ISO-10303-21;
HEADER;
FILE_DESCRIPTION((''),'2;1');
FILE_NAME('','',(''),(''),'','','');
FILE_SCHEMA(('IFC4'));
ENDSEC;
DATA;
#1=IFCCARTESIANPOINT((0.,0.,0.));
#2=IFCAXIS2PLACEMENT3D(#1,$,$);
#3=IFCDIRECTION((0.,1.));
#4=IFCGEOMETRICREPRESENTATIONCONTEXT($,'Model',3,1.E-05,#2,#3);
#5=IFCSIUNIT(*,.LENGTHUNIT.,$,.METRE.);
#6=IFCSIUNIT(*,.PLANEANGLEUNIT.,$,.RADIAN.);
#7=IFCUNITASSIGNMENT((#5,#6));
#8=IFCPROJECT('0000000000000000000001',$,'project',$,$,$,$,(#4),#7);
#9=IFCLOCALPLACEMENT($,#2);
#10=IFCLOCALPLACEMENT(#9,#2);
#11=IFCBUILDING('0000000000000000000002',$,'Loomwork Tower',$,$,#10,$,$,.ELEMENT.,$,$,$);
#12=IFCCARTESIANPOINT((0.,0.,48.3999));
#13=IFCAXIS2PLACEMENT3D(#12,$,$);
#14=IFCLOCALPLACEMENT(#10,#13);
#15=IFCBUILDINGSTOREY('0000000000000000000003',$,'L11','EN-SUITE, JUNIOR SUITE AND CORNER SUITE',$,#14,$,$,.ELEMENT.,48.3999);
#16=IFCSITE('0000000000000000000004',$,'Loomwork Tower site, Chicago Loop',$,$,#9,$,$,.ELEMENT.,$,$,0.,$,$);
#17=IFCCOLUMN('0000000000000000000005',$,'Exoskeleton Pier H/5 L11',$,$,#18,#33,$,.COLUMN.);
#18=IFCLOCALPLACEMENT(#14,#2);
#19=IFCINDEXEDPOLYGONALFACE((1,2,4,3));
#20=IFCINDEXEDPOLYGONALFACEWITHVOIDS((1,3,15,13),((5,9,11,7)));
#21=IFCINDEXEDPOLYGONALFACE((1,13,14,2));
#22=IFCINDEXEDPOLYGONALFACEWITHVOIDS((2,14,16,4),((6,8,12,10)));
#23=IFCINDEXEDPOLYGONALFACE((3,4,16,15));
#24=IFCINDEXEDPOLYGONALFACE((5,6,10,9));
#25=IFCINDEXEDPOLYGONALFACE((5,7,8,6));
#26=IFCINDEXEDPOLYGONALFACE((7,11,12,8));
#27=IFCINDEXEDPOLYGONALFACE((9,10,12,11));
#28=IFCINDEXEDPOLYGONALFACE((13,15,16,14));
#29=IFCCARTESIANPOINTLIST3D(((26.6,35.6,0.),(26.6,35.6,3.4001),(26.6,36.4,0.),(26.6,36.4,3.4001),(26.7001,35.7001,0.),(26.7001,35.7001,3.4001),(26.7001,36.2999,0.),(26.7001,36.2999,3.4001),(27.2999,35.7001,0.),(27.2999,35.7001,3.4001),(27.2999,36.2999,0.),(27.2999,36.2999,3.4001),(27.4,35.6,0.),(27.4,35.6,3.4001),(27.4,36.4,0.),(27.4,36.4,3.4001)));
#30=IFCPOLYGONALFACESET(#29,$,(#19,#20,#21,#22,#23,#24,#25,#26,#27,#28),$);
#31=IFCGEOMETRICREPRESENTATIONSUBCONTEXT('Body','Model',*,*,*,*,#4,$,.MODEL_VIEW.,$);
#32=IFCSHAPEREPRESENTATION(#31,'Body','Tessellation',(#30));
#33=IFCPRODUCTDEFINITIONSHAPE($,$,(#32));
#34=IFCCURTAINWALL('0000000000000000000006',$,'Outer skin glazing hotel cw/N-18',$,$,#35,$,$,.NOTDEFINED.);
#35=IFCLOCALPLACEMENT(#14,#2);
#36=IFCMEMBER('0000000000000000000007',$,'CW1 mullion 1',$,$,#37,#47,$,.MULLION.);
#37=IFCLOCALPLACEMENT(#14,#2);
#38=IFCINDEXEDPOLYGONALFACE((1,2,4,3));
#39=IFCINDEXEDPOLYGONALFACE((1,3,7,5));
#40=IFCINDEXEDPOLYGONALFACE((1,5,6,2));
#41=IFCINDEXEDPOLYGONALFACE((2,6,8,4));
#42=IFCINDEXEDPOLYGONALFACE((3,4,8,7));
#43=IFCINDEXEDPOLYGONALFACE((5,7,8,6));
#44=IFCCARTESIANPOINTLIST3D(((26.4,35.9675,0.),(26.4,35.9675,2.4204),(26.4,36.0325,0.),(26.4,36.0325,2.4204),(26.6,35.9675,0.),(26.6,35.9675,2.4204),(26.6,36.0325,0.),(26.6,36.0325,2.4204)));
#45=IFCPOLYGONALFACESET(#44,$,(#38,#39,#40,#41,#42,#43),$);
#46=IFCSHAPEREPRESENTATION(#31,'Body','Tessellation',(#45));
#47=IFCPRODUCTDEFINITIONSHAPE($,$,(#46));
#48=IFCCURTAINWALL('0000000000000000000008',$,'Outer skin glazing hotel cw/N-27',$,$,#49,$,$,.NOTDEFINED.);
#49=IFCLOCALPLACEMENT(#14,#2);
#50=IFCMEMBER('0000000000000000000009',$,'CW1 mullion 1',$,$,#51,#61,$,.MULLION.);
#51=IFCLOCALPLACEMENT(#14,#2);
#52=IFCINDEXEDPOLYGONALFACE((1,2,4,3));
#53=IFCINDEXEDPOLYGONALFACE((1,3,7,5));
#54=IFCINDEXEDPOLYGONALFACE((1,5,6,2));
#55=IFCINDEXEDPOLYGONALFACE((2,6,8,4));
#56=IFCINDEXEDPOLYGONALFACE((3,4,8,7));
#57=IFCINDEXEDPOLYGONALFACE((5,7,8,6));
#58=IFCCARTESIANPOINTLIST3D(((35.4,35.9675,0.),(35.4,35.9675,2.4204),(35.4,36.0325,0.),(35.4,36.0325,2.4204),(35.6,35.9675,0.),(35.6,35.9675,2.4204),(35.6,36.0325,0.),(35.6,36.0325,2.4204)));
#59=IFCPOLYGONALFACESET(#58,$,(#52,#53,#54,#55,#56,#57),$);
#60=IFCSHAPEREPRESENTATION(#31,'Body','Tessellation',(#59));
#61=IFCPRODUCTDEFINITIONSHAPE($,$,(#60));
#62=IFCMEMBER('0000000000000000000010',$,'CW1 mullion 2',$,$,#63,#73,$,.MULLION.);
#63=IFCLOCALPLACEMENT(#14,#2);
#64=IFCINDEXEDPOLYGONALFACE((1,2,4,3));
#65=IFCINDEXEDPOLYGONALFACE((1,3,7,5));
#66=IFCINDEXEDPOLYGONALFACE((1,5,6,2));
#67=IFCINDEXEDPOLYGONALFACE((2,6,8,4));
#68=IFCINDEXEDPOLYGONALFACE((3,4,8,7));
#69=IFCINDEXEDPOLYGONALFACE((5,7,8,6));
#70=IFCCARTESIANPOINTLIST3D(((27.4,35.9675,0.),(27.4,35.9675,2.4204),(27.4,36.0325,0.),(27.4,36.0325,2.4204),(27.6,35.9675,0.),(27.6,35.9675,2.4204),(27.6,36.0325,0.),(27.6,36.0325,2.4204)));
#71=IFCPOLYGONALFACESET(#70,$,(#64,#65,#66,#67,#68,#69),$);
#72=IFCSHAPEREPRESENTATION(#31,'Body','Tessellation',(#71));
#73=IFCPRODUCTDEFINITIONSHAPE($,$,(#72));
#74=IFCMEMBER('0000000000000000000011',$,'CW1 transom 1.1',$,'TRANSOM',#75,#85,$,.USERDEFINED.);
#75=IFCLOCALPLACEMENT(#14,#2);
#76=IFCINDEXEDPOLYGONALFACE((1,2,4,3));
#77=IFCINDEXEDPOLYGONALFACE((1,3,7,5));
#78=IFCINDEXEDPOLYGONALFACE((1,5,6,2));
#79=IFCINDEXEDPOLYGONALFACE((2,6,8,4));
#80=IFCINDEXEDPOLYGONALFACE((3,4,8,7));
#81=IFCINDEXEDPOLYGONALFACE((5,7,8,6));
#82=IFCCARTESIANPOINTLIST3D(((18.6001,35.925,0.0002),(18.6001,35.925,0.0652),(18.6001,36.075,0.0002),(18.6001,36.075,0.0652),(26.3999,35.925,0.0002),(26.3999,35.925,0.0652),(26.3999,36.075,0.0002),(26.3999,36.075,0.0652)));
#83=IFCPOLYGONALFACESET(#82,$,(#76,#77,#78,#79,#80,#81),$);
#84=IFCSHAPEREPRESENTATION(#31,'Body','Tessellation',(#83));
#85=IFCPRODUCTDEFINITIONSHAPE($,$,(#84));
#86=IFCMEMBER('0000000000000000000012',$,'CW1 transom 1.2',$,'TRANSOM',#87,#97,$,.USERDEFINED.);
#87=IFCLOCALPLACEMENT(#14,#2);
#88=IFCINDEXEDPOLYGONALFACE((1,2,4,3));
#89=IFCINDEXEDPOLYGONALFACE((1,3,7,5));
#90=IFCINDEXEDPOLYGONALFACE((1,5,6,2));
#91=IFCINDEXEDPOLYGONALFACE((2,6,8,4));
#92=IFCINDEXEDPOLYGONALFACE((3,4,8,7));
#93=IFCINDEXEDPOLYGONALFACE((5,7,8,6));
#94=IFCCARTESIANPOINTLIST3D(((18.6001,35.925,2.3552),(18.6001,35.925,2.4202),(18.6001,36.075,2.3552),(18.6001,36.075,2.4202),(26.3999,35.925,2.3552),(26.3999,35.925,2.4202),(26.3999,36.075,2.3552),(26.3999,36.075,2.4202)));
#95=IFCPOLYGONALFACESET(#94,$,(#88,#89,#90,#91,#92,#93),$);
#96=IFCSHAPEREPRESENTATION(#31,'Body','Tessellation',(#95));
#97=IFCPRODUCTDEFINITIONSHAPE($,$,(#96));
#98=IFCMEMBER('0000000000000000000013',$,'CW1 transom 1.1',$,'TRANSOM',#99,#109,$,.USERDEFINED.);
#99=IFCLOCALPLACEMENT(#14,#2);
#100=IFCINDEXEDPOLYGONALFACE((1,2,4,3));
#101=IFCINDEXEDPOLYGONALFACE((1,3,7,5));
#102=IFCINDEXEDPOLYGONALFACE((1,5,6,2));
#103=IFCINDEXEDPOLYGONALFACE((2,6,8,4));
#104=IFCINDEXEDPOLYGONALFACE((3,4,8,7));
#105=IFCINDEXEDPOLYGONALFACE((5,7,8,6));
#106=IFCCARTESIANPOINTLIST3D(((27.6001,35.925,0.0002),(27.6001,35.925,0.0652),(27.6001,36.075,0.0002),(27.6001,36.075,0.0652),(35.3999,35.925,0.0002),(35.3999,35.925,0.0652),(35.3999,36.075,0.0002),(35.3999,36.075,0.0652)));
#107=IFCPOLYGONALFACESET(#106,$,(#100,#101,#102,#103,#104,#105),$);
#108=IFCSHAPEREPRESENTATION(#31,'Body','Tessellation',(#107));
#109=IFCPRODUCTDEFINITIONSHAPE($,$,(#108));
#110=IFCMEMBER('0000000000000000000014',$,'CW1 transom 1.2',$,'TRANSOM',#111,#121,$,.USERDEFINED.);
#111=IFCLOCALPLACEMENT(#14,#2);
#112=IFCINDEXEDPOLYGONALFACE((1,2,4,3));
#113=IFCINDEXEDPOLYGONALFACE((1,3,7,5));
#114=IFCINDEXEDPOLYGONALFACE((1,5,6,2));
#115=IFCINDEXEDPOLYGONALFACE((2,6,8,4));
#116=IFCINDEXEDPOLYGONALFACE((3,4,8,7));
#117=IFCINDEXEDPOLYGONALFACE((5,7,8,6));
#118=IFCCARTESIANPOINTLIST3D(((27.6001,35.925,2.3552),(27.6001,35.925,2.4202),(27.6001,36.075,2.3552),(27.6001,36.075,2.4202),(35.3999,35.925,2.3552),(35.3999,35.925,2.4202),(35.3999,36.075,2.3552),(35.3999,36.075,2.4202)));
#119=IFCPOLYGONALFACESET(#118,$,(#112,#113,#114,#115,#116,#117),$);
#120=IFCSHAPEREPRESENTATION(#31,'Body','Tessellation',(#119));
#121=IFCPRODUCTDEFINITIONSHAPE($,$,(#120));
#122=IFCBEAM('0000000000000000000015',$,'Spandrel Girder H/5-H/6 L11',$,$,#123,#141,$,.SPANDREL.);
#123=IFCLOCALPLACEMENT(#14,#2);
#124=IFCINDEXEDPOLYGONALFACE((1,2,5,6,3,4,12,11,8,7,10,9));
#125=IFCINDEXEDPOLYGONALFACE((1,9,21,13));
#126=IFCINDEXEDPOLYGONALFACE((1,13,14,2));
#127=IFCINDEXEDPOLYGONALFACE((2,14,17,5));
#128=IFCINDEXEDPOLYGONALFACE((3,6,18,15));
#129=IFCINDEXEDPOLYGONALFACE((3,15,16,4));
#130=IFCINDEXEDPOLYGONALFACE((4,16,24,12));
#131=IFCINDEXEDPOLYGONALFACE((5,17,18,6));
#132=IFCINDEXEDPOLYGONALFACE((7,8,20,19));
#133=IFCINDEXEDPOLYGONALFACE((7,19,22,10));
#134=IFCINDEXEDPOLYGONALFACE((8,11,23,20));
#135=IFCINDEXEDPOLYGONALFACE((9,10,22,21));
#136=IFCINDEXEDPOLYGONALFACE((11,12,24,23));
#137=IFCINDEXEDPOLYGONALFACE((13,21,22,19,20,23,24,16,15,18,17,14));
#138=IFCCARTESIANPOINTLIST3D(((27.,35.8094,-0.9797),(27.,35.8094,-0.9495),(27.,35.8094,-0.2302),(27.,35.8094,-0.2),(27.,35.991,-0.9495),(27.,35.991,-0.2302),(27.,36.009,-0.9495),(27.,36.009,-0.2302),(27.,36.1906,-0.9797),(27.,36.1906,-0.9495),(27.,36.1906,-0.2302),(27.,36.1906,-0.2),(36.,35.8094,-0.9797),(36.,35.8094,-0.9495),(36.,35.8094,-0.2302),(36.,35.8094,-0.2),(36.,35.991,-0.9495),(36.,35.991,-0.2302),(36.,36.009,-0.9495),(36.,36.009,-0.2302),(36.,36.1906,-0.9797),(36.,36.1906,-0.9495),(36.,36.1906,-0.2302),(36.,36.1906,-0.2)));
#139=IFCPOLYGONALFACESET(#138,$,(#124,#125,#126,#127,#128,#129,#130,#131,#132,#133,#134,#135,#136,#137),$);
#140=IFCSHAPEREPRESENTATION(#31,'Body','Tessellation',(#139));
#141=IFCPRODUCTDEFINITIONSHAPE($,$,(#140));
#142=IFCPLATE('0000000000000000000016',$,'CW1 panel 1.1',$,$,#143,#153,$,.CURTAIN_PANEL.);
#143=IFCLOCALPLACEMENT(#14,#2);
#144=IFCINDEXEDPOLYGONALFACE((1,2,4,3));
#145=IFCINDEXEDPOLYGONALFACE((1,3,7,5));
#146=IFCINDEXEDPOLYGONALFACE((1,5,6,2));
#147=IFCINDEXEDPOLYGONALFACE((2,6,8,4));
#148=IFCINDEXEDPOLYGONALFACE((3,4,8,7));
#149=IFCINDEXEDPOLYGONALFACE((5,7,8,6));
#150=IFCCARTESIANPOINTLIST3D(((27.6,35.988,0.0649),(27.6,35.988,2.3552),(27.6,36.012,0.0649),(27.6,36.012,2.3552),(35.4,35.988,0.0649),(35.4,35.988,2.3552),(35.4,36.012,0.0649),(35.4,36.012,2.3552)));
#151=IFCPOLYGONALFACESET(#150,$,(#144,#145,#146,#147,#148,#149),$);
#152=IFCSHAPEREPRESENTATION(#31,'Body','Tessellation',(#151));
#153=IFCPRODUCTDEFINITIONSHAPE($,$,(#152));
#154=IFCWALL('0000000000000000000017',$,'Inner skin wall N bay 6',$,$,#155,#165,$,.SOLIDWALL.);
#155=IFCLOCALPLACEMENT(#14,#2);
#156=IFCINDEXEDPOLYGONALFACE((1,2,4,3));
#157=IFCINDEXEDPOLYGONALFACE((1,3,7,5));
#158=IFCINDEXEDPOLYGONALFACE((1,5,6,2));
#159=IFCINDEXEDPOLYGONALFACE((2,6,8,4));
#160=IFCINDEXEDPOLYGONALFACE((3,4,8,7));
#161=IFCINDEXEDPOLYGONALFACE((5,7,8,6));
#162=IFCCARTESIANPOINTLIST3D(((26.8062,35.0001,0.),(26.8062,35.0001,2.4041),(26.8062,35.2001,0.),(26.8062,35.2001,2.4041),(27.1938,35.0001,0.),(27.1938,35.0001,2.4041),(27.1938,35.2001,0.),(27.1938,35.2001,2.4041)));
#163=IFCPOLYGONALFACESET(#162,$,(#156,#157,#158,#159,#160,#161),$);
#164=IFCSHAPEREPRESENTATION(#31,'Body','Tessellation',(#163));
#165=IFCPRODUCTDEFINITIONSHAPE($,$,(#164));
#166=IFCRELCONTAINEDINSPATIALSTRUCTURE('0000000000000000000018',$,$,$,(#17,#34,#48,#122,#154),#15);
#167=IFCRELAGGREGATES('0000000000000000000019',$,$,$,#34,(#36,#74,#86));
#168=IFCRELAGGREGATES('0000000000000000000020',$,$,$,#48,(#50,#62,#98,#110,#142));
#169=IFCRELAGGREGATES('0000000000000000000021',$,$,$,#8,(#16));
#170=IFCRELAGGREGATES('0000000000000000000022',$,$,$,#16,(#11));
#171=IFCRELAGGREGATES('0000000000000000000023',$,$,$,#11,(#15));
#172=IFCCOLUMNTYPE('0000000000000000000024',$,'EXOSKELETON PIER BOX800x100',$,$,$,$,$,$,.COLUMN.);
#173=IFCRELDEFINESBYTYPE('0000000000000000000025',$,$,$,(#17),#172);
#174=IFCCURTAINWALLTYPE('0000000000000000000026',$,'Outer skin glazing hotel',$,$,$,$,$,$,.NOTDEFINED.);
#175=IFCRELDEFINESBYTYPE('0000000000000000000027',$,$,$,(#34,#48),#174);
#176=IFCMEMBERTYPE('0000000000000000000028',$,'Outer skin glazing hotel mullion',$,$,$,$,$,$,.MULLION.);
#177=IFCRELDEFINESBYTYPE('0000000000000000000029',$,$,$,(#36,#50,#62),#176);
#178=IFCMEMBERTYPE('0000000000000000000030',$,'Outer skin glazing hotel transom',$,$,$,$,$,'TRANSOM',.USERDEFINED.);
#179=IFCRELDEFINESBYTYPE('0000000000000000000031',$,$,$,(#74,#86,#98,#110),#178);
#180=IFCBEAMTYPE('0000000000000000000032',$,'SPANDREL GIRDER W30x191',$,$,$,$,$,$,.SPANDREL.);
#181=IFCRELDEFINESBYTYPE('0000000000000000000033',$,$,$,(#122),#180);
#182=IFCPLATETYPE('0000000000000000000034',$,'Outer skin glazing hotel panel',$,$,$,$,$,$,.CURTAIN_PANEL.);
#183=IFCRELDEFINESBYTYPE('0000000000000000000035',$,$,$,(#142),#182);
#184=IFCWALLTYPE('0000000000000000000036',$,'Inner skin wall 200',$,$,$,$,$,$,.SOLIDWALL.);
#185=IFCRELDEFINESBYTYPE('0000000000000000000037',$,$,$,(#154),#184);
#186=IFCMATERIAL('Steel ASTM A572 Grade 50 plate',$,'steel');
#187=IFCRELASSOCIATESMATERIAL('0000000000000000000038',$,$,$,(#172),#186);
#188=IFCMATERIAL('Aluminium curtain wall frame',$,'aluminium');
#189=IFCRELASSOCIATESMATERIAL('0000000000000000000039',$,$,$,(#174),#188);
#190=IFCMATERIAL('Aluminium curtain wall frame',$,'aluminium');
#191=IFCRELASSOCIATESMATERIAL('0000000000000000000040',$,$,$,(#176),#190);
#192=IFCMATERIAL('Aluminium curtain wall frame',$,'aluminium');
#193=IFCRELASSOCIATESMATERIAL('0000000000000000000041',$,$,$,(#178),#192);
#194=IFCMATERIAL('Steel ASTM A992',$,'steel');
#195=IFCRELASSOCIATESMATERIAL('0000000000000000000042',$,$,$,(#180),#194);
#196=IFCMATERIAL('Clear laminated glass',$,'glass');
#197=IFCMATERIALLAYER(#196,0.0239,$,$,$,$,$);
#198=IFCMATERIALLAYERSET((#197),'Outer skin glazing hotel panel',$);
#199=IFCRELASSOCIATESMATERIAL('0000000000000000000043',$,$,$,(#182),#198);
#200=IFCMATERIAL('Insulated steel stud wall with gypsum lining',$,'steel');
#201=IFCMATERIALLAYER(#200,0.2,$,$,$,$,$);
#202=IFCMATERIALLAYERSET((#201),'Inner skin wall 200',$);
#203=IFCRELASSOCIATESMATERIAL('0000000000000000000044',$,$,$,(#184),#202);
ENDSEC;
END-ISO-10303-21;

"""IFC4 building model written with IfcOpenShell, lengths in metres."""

from ifc_helpers import new_model, si_unit, direction, frame, frame_2d, origin, origin_2d, place, context, subcontext, project, spatial, rectangle, hollow_rectangle, i_section, extrude, material, layer, layer_set, material_profile, profile_set, type_object, element, aggregate, save


model = new_model("IFC4")

# Units and contexts
model_context = context("Model", 3, precision=1e-05, world=origin(), true_north=direction((0.0, 1.0)))
body_context = subcontext(model_context, "Body", "Model", "MODEL_VIEW")
ifc_project = project(units=[si_unit("LENGTHUNIT", "METRE"), si_unit("PLANEANGLEUNIT", "RADIAN")], contexts=[model_context])

# Site, building, storey
site_placement = place(None, origin())
site = spatial("IfcSite", under=ifc_project, at=site_placement, Name="Loomwork Tower site, Chicago Loop", CompositionType="ELEMENT", RefElevation=0.0)
building_placement = place(site_placement, origin())
building = spatial("IfcBuilding", under=site, at=building_placement, Name="Loomwork Tower", CompositionType="ELEMENT")
storey_placement = place(building_placement, frame((0.0, 0.0, 48.3999)))
storey = spatial("IfcBuildingStorey", under=building, at=storey_placement, Name="L11", Description="EN-SUITE, JUNIOR SUITE AND CORNER SUITE", CompositionType="ELEMENT", Elevation=48.3999)

# Column
ifc_material_1 = material(Name="Steel ASTM A572 Grade 50 plate", Category="steel")
ifc_material_profile_1 = material_profile(ifc_material_1, hollow_rectangle(XDim=0.8, YDim=0.8, WallThickness=0.1001, at=origin_2d()), Name="BOX800x100")
ifc_profile_set_1 = profile_set([ifc_material_profile_1], Name="Steel ASTM A572 Grade 50 plate")
column_type = type_object("IfcColumnType", Name="EXOSKELETON PIER BOX800x100", PredefinedType="COLUMN", material=ifc_profile_set_1)
column_placement = place(storey_placement, frame((27.0, 36.0, 0.0), z_axis=(0.0, 0.0, 1.0), x_axis=(1.0, 0.0, 0.0)))
element("IfcColumn", 1, at=column_placement, inside=storey, type_object=column_type, Name="Exoskeleton Pier H/5 L11", PredefinedType="COLUMN", context=body_context, shape_type="SweptSolid", body=[
    extrude(hollow_rectangle(XDim=0.8, YDim=0.8, WallThickness=0.1001, at=origin_2d()), origin(), (0.0, 0.0, 1.0), 3.4001),
])

# Curtain wall, member
ifc_material_2 = material(Name="Aluminium curtain wall frame", Category="aluminium")
curtain_wall_type = type_object("IfcCurtainWallType", Name="Outer skin glazing hotel", PredefinedType="NOTDEFINED", material=ifc_material_2)
curtain_wall_1_placement = place(storey_placement, origin())
curtain_wall_1 = element("IfcCurtainWall", 2, at=curtain_wall_1_placement, inside=storey, type_object=curtain_wall_type, Name="Outer skin glazing hotel cw/N-18", PredefinedType="NOTDEFINED")
ifc_material_3 = material(Name="Aluminium curtain wall frame", Category="aluminium")
ifc_material_profile_2 = material_profile(ifc_material_3, rectangle(XDim=0.0649, YDim=0.2, at=origin_2d()), Name="AL 65x200")
ifc_profile_set_2 = profile_set([ifc_material_profile_2], Name="Aluminium curtain wall frame")
member_type_1 = type_object("IfcMemberType", Name="Outer skin glazing hotel mullion", PredefinedType="MULLION", material=ifc_profile_set_2)
member_1_placement = place(storey_placement, frame((26.5, 36.0, 0.0), z_axis=(0.0, 0.0, 1.0), x_axis=(0.0, -1.0, 0.0)))
member_1 = element("IfcMember", 3, at=member_1_placement, type_object=member_type_1, Name="CW1 mullion 1", PredefinedType="MULLION", context=body_context, shape_type="SweptSolid", body=[
    extrude(rectangle(XDim=0.0649, YDim=0.2, at=origin_2d()), origin(), (0.0, 0.0, 1.0), 2.4204),
])

# Curtain wall, members
curtain_wall_2_placement = place(storey_placement, origin())
curtain_wall_2 = element("IfcCurtainWall", 4, at=curtain_wall_2_placement, inside=storey, type_object=curtain_wall_type, Name="Outer skin glazing hotel cw/N-27", PredefinedType="NOTDEFINED")
member_2_placement = place(storey_placement, frame((35.5, 36.0, 0.0), z_axis=(0.0, 0.0, 1.0), x_axis=(0.0, -1.0, 0.0)))
member_2 = element("IfcMember", 5, at=member_2_placement, type_object=member_type_1, Name="CW1 mullion 1", PredefinedType="MULLION", context=body_context, shape_type="SweptSolid", body=[
    extrude(rectangle(XDim=0.0649, YDim=0.2, at=origin_2d()), origin(), (0.0, 0.0, 1.0), 2.4204),
])
member_3_placement = place(storey_placement, frame((27.5, 36.0, 0.0), z_axis=(0.0, 0.0, 1.0), x_axis=(0.0, -1.0, 0.0)))
member_3 = element("IfcMember", 6, at=member_3_placement, type_object=member_type_1, Name="CW1 mullion 2", PredefinedType="MULLION", context=body_context, shape_type="SweptSolid", body=[
    extrude(rectangle(XDim=0.0649, YDim=0.2, at=origin_2d()), origin(), (0.0, 0.0, 1.0), 2.4204),
])

# Members
ifc_material_4 = material(Name="Aluminium curtain wall frame", Category="aluminium")
ifc_material_profile_3 = material_profile(ifc_material_4, rectangle(XDim=0.1499, YDim=0.0649, at=origin_2d()), Name="AL 65x150")
ifc_profile_set_3 = profile_set([ifc_material_profile_3], Name="Aluminium curtain wall frame")
member_type_2 = type_object("IfcMemberType", Name="Outer skin glazing hotel transom", ElementType="TRANSOM", PredefinedType="USERDEFINED", material=ifc_profile_set_3)
member_4_placement = place(storey_placement, frame((26.3999, 36.0, 0.0327), z_axis=(-1.0, 0.0, 0.0), x_axis=(0.0, -1.0, 0.0)))
member_4 = element("IfcMember", 7, at=member_4_placement, type_object=member_type_2, Name="CW1 transom 1.1", ObjectType="TRANSOM", PredefinedType="USERDEFINED", context=body_context, shape_type="SweptSolid", body=[
    extrude(rectangle(XDim=0.1499, YDim=0.0649, at=origin_2d()), origin(), (0.0, 0.0, 1.0), 7.7998),
])
member_5_placement = place(storey_placement, frame((26.3999, 36.0, 2.3877), z_axis=(-1.0, 0.0, 0.0), x_axis=(0.0, -1.0, 0.0)))
member_5 = element("IfcMember", 8, at=member_5_placement, type_object=member_type_2, Name="CW1 transom 1.2", ObjectType="TRANSOM", PredefinedType="USERDEFINED", context=body_context, shape_type="SweptSolid", body=[
    extrude(rectangle(XDim=0.1499, YDim=0.0649, at=origin_2d()), origin(), (0.0, 0.0, 1.0), 7.7998),
])
aggregate(curtain_wall_1, [member_1, member_4, member_5])
member_6_placement = place(storey_placement, frame((35.3999, 36.0, 0.0327), z_axis=(-1.0, 0.0, 0.0), x_axis=(0.0, -1.0, 0.0)))
member_6 = element("IfcMember", 9, at=member_6_placement, type_object=member_type_2, Name="CW1 transom 1.1", ObjectType="TRANSOM", PredefinedType="USERDEFINED", context=body_context, shape_type="SweptSolid", body=[
    extrude(rectangle(XDim=0.1499, YDim=0.0649, at=origin_2d()), origin(), (0.0, 0.0, 1.0), 7.7998),
])
member_7_placement = place(storey_placement, frame((35.3999, 36.0, 2.3877), z_axis=(-1.0, 0.0, 0.0), x_axis=(0.0, -1.0, 0.0)))
member_7 = element("IfcMember", 10, at=member_7_placement, type_object=member_type_2, Name="CW1 transom 1.2", ObjectType="TRANSOM", PredefinedType="USERDEFINED", context=body_context, shape_type="SweptSolid", body=[
    extrude(rectangle(XDim=0.1499, YDim=0.0649, at=origin_2d()), origin(), (0.0, 0.0, 1.0), 7.7998),
])

# Beam
ifc_material_5 = material(Name="Steel ASTM A992", Category="steel")
ifc_material_profile_4 = material_profile(ifc_material_5, i_section(OverallWidth=0.3811, OverallDepth=0.7798, WebThickness=0.0181, FlangeThickness=0.0303, at=origin_2d()), Name="W30x191")
ifc_profile_set_4 = profile_set([ifc_material_profile_4], Name="Steel ASTM A992")
beam_type = type_object("IfcBeamType", Name="SPANDREL GIRDER W30x191", PredefinedType="SPANDREL", material=ifc_profile_set_4)
beam_placement = place(storey_placement, frame((27.0, 36.0, -0.5898), z_axis=(1.0, 0.0, 0.0), x_axis=(0.0, 1.0, 0.0)))
element("IfcBeam", 11, at=beam_placement, inside=storey, type_object=beam_type, Name="Spandrel Girder H/5-H/6 L11", PredefinedType="SPANDREL", context=body_context, shape_type="SweptSolid", body=[
    extrude(i_section(OverallWidth=0.3811, OverallDepth=0.7798, WebThickness=0.0181, FlangeThickness=0.0303, at=origin_2d()), origin(), (0.0, 0.0, 1.0), 9.0),
])

# Plate
ifc_material_6 = material(Name="Clear laminated glass", Category="glass")
ifc_layer_1 = layer(ifc_material_6, 0.0239)
ifc_layer_set_1 = layer_set([ifc_layer_1], Name="Outer skin glazing hotel panel")
plate_type = type_object("IfcPlateType", Name="Outer skin glazing hotel panel", PredefinedType="CURTAIN_PANEL", material=ifc_layer_set_1)
plate_placement = place(storey_placement, frame((31.5, 36.0, 0.0649), z_axis=(0.0, 0.0, 1.0), x_axis=(-1.0, 0.0, 0.0)))
plate = element("IfcPlate", 12, at=plate_placement, type_object=plate_type, Name="CW1 panel 1.1", PredefinedType="CURTAIN_PANEL", context=body_context, shape_type="SweptSolid", body=[
    extrude(rectangle(XDim=7.8, YDim=0.0239, at=origin_2d()), origin(), (0.0, 0.0, 1.0), 2.2903),
])
aggregate(curtain_wall_2, [member_2, member_3, member_6, member_7, plate])

# Wall
ifc_material_7 = material(Name="Insulated steel stud wall with gypsum lining", Category="steel")
ifc_layer_2 = layer(ifc_material_7, 0.2)
ifc_layer_set_2 = layer_set([ifc_layer_2], Name="Inner skin wall 200")
wall_type = type_object("IfcWallType", Name="Inner skin wall 200", PredefinedType="SOLIDWALL", material=ifc_layer_set_2)
wall_1_placement = place(storey_placement, frame((26.8062, 35.1001, 0.0), z_axis=(0.0, 0.0, 1.0), x_axis=(1.0, 0.0, 0.0)))
element("IfcWall", 13, at=wall_1_placement, inside=storey, type_object=wall_type, Name="Inner skin wall N bay 6", PredefinedType="SOLIDWALL", context=body_context, shape_type="SweptSolid", body=[
    extrude(rectangle(XDim=0.3877, YDim=0.2, at=frame_2d((0.1938, 0.0))), origin(), (0.0, 0.0, 1.0), 2.4041),
])

save(model, "model.ifc")
